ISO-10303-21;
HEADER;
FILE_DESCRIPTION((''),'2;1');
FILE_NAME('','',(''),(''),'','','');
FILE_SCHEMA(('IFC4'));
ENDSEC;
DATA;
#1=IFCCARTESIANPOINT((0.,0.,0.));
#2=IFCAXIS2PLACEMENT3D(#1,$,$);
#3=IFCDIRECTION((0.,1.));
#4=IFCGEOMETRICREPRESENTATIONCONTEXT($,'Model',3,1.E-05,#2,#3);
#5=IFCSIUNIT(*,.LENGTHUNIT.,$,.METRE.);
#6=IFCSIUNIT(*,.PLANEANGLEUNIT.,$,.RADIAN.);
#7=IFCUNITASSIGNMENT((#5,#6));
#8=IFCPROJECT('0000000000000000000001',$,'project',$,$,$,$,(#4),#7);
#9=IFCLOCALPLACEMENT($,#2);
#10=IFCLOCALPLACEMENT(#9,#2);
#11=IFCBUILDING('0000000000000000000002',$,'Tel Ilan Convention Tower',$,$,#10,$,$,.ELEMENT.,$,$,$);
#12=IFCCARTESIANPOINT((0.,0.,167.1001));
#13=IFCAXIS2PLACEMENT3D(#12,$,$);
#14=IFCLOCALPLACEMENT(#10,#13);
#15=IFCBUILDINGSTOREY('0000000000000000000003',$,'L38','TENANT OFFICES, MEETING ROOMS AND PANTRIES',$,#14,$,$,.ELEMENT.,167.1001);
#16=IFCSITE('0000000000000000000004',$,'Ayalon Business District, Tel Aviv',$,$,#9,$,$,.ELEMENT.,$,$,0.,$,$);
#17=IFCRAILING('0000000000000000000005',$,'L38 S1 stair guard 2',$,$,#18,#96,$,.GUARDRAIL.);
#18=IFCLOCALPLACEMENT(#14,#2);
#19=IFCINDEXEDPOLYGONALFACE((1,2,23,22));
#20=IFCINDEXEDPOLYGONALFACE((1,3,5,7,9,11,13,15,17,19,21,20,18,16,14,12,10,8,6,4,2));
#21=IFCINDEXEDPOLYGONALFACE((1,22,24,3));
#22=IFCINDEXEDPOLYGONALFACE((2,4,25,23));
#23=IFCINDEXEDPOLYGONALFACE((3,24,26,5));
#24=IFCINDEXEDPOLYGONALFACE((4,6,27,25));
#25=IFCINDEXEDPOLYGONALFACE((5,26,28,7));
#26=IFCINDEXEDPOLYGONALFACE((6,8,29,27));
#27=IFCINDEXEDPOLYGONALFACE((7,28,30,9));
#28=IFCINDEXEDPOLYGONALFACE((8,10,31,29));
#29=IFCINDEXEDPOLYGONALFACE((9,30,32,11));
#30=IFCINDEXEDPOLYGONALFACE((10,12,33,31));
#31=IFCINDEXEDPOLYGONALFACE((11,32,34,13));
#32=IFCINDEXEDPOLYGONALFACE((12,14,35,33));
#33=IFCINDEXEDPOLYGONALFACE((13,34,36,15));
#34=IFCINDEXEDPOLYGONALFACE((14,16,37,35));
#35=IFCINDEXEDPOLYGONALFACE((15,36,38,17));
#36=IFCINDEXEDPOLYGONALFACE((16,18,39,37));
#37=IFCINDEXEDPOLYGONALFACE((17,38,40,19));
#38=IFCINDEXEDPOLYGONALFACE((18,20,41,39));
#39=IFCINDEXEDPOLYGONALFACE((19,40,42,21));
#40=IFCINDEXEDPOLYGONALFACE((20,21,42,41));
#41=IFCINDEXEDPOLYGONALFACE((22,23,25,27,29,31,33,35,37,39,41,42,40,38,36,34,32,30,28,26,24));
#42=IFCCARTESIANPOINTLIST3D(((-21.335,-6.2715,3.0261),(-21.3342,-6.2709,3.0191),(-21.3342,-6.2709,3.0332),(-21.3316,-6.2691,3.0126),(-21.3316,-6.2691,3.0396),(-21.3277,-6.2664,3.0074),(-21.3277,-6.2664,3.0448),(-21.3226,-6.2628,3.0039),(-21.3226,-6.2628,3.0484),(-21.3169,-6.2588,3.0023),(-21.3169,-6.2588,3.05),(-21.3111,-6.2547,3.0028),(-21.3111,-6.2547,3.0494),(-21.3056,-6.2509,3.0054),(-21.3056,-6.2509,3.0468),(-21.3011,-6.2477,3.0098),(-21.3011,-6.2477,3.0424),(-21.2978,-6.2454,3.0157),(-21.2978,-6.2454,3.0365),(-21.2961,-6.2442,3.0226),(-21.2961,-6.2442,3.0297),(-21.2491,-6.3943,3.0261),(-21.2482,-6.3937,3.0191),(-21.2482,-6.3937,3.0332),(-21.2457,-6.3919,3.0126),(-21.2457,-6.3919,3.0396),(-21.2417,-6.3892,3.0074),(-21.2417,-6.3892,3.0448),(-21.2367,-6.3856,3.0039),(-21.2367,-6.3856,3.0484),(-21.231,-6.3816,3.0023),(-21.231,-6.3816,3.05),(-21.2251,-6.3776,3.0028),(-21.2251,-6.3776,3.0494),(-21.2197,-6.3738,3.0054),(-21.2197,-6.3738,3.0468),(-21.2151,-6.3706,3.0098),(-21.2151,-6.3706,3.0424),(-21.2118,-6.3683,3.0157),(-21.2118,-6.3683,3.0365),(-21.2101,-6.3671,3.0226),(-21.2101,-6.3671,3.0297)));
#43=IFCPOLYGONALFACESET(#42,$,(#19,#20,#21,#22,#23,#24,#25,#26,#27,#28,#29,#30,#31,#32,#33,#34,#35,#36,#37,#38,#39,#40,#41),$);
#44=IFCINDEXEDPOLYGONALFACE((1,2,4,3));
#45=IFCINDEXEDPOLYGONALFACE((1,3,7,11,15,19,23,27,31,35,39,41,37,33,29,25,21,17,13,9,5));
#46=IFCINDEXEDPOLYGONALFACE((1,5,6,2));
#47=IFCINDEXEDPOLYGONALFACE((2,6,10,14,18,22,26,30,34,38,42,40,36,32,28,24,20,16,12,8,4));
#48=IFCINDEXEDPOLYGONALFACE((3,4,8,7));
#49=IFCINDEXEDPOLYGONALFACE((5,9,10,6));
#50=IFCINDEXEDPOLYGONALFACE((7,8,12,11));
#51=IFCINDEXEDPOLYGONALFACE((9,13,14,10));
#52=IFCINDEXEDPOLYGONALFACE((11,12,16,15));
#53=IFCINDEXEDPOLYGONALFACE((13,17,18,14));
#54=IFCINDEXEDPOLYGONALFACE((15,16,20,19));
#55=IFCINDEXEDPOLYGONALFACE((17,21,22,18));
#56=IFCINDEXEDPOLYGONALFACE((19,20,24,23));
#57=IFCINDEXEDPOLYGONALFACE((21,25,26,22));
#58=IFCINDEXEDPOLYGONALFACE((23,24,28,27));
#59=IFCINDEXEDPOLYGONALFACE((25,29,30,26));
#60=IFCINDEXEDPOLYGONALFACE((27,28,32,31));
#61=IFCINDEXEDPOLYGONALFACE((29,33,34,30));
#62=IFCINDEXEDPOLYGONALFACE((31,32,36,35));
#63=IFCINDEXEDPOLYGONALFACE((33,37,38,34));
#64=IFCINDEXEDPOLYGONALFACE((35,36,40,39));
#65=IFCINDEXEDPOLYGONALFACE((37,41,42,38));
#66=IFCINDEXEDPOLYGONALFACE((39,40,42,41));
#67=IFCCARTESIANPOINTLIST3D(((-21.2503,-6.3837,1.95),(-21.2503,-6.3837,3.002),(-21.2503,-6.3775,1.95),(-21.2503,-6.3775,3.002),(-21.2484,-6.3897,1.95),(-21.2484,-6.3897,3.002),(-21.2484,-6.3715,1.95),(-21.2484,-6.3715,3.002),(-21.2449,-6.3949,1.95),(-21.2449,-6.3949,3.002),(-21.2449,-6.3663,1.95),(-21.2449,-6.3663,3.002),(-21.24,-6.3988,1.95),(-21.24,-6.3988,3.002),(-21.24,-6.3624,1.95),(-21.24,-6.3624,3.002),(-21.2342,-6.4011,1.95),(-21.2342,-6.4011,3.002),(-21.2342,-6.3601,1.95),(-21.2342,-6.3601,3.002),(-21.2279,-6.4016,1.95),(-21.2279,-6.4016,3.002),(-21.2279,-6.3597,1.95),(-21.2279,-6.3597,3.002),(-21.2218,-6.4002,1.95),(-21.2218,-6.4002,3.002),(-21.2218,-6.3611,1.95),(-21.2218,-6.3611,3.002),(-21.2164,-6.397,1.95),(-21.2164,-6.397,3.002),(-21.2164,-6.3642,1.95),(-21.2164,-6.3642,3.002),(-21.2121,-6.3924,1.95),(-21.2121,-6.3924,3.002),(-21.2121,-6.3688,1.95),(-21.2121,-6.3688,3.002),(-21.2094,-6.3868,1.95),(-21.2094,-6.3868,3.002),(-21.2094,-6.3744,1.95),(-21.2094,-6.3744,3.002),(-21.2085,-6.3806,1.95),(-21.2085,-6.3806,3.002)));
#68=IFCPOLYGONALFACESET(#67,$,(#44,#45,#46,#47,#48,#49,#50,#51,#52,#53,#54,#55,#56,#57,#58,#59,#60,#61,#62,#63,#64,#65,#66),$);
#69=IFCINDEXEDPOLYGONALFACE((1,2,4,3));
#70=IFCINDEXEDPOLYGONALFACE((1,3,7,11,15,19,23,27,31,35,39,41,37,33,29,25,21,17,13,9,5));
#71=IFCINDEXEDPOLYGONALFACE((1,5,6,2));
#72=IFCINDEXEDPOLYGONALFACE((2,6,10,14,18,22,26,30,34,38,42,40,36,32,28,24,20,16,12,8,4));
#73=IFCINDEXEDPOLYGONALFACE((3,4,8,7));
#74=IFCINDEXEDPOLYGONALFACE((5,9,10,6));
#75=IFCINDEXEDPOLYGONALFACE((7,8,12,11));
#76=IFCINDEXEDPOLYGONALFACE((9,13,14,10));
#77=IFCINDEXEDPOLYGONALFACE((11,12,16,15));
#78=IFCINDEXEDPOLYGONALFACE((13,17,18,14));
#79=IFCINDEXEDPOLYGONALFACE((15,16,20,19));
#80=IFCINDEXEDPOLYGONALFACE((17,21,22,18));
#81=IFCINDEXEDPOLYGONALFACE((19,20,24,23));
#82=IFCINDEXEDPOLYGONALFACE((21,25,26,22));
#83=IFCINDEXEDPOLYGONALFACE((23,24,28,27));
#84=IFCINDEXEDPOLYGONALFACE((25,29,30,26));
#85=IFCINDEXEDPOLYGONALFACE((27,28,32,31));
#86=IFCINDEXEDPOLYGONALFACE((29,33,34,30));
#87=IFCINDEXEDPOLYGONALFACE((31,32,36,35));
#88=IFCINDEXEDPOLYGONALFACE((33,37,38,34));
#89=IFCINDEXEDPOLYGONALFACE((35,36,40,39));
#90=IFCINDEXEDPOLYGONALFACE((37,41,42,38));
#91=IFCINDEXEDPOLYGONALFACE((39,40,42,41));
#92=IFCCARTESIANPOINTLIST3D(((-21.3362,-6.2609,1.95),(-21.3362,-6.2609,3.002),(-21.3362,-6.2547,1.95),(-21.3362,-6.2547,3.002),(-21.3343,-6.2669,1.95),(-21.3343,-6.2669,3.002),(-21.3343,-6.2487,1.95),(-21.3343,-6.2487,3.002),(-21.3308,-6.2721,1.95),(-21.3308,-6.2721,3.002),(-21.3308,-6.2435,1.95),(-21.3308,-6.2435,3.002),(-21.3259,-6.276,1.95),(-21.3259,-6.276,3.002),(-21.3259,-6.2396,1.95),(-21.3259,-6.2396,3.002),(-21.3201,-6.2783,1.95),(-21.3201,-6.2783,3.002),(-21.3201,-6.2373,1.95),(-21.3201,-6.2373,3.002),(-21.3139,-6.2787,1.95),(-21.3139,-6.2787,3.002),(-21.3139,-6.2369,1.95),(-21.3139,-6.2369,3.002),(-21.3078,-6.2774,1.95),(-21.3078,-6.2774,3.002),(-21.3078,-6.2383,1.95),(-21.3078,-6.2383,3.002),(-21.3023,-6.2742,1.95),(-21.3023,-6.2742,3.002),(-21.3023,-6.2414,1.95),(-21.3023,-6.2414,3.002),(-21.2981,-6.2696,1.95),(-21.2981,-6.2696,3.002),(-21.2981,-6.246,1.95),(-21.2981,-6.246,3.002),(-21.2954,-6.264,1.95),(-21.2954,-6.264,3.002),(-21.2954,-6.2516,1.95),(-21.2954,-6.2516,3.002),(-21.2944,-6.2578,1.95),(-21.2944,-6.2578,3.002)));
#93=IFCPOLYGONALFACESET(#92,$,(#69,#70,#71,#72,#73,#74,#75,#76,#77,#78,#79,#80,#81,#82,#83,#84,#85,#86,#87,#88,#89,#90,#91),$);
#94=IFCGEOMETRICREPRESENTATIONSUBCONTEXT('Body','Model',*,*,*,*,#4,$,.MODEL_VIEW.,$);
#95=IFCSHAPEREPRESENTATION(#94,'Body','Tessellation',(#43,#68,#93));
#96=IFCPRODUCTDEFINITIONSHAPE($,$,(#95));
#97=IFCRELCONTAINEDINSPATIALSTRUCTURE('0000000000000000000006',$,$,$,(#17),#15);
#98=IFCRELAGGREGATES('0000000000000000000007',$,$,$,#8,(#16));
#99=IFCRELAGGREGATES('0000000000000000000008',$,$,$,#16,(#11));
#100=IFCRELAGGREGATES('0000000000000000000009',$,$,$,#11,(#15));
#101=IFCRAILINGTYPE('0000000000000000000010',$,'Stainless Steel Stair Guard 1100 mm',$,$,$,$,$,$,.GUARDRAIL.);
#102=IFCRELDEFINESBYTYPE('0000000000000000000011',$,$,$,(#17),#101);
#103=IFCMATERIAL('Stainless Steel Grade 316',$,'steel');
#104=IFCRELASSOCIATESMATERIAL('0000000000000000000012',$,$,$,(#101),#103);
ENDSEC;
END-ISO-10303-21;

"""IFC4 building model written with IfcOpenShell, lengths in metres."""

from ifc_helpers import new_model, si_unit, direction, frame, origin, origin_2d, place, context, subcontext, project, spatial, circle, extrude, material, type_object, element, save


model = new_model("IFC4")

# Units and contexts
model_context = context("Model", 3, precision=1e-05, world=origin(), true_north=direction((0.0, 1.0)))
body_context = subcontext(model_context, "Body", "Model", "MODEL_VIEW")
ifc_project = project(units=[si_unit("LENGTHUNIT", "METRE"), si_unit("PLANEANGLEUNIT", "RADIAN")], contexts=[model_context])

# Site, building, storey
site_placement = place(None, origin())
site = spatial("IfcSite", under=ifc_project, at=site_placement, Name="Ayalon Business District, Tel Aviv", CompositionType="ELEMENT", RefElevation=0.0)
building_placement = place(site_placement, origin())
building = spatial("IfcBuilding", under=site, at=building_placement, Name="Tel Ilan Convention Tower", CompositionType="ELEMENT")
storey_placement = place(building_placement, frame((0.0, 0.0, 167.1001)))
storey = spatial("IfcBuildingStorey", under=building, at=storey_placement, Name="L38", Description="TENANT OFFICES, MEETING ROOMS AND PANTRIES", CompositionType="ELEMENT", Elevation=167.1001)

# Railing
ifc_material_1 = material(Name="Stainless Steel Grade 316", Category="steel")
railing_type_1 = type_object("IfcRailingType", Name="Stainless Steel Stair Guard 1100 mm", PredefinedType="GUARDRAIL", material=ifc_material_1)
railing_1_placement = place(storey_placement, frame((-21.2295, -6.3806, 1.95)))
element("IfcRailing", 1, at=railing_1_placement, inside=storey, type_object=railing_type_1, Name="L38 S1 stair guard 2", PredefinedType="GUARDRAIL", context=body_context, shape_type="SweptSolid", body=[
    extrude(circle(Radius=0.0239, at=origin_2d()), frame((0.0, 0.0, 1.0762), z_axis=(-0.573353, 0.819308, 0.0), x_axis=(-0.819308, -0.573353, 0.0)), (0.0, 0.0, 1.0), 0.1499),
    extrude(circle(Radius=0.021, at=origin_2d()), origin(), (0.0, 0.0, 1.0), 1.052),
    extrude(circle(Radius=0.021, at=origin_2d()), frame((-0.0859, 0.1228, 0.0)), (0.0, 0.0, 1.0), 1.052),
])

save(model, "model.ifc")
